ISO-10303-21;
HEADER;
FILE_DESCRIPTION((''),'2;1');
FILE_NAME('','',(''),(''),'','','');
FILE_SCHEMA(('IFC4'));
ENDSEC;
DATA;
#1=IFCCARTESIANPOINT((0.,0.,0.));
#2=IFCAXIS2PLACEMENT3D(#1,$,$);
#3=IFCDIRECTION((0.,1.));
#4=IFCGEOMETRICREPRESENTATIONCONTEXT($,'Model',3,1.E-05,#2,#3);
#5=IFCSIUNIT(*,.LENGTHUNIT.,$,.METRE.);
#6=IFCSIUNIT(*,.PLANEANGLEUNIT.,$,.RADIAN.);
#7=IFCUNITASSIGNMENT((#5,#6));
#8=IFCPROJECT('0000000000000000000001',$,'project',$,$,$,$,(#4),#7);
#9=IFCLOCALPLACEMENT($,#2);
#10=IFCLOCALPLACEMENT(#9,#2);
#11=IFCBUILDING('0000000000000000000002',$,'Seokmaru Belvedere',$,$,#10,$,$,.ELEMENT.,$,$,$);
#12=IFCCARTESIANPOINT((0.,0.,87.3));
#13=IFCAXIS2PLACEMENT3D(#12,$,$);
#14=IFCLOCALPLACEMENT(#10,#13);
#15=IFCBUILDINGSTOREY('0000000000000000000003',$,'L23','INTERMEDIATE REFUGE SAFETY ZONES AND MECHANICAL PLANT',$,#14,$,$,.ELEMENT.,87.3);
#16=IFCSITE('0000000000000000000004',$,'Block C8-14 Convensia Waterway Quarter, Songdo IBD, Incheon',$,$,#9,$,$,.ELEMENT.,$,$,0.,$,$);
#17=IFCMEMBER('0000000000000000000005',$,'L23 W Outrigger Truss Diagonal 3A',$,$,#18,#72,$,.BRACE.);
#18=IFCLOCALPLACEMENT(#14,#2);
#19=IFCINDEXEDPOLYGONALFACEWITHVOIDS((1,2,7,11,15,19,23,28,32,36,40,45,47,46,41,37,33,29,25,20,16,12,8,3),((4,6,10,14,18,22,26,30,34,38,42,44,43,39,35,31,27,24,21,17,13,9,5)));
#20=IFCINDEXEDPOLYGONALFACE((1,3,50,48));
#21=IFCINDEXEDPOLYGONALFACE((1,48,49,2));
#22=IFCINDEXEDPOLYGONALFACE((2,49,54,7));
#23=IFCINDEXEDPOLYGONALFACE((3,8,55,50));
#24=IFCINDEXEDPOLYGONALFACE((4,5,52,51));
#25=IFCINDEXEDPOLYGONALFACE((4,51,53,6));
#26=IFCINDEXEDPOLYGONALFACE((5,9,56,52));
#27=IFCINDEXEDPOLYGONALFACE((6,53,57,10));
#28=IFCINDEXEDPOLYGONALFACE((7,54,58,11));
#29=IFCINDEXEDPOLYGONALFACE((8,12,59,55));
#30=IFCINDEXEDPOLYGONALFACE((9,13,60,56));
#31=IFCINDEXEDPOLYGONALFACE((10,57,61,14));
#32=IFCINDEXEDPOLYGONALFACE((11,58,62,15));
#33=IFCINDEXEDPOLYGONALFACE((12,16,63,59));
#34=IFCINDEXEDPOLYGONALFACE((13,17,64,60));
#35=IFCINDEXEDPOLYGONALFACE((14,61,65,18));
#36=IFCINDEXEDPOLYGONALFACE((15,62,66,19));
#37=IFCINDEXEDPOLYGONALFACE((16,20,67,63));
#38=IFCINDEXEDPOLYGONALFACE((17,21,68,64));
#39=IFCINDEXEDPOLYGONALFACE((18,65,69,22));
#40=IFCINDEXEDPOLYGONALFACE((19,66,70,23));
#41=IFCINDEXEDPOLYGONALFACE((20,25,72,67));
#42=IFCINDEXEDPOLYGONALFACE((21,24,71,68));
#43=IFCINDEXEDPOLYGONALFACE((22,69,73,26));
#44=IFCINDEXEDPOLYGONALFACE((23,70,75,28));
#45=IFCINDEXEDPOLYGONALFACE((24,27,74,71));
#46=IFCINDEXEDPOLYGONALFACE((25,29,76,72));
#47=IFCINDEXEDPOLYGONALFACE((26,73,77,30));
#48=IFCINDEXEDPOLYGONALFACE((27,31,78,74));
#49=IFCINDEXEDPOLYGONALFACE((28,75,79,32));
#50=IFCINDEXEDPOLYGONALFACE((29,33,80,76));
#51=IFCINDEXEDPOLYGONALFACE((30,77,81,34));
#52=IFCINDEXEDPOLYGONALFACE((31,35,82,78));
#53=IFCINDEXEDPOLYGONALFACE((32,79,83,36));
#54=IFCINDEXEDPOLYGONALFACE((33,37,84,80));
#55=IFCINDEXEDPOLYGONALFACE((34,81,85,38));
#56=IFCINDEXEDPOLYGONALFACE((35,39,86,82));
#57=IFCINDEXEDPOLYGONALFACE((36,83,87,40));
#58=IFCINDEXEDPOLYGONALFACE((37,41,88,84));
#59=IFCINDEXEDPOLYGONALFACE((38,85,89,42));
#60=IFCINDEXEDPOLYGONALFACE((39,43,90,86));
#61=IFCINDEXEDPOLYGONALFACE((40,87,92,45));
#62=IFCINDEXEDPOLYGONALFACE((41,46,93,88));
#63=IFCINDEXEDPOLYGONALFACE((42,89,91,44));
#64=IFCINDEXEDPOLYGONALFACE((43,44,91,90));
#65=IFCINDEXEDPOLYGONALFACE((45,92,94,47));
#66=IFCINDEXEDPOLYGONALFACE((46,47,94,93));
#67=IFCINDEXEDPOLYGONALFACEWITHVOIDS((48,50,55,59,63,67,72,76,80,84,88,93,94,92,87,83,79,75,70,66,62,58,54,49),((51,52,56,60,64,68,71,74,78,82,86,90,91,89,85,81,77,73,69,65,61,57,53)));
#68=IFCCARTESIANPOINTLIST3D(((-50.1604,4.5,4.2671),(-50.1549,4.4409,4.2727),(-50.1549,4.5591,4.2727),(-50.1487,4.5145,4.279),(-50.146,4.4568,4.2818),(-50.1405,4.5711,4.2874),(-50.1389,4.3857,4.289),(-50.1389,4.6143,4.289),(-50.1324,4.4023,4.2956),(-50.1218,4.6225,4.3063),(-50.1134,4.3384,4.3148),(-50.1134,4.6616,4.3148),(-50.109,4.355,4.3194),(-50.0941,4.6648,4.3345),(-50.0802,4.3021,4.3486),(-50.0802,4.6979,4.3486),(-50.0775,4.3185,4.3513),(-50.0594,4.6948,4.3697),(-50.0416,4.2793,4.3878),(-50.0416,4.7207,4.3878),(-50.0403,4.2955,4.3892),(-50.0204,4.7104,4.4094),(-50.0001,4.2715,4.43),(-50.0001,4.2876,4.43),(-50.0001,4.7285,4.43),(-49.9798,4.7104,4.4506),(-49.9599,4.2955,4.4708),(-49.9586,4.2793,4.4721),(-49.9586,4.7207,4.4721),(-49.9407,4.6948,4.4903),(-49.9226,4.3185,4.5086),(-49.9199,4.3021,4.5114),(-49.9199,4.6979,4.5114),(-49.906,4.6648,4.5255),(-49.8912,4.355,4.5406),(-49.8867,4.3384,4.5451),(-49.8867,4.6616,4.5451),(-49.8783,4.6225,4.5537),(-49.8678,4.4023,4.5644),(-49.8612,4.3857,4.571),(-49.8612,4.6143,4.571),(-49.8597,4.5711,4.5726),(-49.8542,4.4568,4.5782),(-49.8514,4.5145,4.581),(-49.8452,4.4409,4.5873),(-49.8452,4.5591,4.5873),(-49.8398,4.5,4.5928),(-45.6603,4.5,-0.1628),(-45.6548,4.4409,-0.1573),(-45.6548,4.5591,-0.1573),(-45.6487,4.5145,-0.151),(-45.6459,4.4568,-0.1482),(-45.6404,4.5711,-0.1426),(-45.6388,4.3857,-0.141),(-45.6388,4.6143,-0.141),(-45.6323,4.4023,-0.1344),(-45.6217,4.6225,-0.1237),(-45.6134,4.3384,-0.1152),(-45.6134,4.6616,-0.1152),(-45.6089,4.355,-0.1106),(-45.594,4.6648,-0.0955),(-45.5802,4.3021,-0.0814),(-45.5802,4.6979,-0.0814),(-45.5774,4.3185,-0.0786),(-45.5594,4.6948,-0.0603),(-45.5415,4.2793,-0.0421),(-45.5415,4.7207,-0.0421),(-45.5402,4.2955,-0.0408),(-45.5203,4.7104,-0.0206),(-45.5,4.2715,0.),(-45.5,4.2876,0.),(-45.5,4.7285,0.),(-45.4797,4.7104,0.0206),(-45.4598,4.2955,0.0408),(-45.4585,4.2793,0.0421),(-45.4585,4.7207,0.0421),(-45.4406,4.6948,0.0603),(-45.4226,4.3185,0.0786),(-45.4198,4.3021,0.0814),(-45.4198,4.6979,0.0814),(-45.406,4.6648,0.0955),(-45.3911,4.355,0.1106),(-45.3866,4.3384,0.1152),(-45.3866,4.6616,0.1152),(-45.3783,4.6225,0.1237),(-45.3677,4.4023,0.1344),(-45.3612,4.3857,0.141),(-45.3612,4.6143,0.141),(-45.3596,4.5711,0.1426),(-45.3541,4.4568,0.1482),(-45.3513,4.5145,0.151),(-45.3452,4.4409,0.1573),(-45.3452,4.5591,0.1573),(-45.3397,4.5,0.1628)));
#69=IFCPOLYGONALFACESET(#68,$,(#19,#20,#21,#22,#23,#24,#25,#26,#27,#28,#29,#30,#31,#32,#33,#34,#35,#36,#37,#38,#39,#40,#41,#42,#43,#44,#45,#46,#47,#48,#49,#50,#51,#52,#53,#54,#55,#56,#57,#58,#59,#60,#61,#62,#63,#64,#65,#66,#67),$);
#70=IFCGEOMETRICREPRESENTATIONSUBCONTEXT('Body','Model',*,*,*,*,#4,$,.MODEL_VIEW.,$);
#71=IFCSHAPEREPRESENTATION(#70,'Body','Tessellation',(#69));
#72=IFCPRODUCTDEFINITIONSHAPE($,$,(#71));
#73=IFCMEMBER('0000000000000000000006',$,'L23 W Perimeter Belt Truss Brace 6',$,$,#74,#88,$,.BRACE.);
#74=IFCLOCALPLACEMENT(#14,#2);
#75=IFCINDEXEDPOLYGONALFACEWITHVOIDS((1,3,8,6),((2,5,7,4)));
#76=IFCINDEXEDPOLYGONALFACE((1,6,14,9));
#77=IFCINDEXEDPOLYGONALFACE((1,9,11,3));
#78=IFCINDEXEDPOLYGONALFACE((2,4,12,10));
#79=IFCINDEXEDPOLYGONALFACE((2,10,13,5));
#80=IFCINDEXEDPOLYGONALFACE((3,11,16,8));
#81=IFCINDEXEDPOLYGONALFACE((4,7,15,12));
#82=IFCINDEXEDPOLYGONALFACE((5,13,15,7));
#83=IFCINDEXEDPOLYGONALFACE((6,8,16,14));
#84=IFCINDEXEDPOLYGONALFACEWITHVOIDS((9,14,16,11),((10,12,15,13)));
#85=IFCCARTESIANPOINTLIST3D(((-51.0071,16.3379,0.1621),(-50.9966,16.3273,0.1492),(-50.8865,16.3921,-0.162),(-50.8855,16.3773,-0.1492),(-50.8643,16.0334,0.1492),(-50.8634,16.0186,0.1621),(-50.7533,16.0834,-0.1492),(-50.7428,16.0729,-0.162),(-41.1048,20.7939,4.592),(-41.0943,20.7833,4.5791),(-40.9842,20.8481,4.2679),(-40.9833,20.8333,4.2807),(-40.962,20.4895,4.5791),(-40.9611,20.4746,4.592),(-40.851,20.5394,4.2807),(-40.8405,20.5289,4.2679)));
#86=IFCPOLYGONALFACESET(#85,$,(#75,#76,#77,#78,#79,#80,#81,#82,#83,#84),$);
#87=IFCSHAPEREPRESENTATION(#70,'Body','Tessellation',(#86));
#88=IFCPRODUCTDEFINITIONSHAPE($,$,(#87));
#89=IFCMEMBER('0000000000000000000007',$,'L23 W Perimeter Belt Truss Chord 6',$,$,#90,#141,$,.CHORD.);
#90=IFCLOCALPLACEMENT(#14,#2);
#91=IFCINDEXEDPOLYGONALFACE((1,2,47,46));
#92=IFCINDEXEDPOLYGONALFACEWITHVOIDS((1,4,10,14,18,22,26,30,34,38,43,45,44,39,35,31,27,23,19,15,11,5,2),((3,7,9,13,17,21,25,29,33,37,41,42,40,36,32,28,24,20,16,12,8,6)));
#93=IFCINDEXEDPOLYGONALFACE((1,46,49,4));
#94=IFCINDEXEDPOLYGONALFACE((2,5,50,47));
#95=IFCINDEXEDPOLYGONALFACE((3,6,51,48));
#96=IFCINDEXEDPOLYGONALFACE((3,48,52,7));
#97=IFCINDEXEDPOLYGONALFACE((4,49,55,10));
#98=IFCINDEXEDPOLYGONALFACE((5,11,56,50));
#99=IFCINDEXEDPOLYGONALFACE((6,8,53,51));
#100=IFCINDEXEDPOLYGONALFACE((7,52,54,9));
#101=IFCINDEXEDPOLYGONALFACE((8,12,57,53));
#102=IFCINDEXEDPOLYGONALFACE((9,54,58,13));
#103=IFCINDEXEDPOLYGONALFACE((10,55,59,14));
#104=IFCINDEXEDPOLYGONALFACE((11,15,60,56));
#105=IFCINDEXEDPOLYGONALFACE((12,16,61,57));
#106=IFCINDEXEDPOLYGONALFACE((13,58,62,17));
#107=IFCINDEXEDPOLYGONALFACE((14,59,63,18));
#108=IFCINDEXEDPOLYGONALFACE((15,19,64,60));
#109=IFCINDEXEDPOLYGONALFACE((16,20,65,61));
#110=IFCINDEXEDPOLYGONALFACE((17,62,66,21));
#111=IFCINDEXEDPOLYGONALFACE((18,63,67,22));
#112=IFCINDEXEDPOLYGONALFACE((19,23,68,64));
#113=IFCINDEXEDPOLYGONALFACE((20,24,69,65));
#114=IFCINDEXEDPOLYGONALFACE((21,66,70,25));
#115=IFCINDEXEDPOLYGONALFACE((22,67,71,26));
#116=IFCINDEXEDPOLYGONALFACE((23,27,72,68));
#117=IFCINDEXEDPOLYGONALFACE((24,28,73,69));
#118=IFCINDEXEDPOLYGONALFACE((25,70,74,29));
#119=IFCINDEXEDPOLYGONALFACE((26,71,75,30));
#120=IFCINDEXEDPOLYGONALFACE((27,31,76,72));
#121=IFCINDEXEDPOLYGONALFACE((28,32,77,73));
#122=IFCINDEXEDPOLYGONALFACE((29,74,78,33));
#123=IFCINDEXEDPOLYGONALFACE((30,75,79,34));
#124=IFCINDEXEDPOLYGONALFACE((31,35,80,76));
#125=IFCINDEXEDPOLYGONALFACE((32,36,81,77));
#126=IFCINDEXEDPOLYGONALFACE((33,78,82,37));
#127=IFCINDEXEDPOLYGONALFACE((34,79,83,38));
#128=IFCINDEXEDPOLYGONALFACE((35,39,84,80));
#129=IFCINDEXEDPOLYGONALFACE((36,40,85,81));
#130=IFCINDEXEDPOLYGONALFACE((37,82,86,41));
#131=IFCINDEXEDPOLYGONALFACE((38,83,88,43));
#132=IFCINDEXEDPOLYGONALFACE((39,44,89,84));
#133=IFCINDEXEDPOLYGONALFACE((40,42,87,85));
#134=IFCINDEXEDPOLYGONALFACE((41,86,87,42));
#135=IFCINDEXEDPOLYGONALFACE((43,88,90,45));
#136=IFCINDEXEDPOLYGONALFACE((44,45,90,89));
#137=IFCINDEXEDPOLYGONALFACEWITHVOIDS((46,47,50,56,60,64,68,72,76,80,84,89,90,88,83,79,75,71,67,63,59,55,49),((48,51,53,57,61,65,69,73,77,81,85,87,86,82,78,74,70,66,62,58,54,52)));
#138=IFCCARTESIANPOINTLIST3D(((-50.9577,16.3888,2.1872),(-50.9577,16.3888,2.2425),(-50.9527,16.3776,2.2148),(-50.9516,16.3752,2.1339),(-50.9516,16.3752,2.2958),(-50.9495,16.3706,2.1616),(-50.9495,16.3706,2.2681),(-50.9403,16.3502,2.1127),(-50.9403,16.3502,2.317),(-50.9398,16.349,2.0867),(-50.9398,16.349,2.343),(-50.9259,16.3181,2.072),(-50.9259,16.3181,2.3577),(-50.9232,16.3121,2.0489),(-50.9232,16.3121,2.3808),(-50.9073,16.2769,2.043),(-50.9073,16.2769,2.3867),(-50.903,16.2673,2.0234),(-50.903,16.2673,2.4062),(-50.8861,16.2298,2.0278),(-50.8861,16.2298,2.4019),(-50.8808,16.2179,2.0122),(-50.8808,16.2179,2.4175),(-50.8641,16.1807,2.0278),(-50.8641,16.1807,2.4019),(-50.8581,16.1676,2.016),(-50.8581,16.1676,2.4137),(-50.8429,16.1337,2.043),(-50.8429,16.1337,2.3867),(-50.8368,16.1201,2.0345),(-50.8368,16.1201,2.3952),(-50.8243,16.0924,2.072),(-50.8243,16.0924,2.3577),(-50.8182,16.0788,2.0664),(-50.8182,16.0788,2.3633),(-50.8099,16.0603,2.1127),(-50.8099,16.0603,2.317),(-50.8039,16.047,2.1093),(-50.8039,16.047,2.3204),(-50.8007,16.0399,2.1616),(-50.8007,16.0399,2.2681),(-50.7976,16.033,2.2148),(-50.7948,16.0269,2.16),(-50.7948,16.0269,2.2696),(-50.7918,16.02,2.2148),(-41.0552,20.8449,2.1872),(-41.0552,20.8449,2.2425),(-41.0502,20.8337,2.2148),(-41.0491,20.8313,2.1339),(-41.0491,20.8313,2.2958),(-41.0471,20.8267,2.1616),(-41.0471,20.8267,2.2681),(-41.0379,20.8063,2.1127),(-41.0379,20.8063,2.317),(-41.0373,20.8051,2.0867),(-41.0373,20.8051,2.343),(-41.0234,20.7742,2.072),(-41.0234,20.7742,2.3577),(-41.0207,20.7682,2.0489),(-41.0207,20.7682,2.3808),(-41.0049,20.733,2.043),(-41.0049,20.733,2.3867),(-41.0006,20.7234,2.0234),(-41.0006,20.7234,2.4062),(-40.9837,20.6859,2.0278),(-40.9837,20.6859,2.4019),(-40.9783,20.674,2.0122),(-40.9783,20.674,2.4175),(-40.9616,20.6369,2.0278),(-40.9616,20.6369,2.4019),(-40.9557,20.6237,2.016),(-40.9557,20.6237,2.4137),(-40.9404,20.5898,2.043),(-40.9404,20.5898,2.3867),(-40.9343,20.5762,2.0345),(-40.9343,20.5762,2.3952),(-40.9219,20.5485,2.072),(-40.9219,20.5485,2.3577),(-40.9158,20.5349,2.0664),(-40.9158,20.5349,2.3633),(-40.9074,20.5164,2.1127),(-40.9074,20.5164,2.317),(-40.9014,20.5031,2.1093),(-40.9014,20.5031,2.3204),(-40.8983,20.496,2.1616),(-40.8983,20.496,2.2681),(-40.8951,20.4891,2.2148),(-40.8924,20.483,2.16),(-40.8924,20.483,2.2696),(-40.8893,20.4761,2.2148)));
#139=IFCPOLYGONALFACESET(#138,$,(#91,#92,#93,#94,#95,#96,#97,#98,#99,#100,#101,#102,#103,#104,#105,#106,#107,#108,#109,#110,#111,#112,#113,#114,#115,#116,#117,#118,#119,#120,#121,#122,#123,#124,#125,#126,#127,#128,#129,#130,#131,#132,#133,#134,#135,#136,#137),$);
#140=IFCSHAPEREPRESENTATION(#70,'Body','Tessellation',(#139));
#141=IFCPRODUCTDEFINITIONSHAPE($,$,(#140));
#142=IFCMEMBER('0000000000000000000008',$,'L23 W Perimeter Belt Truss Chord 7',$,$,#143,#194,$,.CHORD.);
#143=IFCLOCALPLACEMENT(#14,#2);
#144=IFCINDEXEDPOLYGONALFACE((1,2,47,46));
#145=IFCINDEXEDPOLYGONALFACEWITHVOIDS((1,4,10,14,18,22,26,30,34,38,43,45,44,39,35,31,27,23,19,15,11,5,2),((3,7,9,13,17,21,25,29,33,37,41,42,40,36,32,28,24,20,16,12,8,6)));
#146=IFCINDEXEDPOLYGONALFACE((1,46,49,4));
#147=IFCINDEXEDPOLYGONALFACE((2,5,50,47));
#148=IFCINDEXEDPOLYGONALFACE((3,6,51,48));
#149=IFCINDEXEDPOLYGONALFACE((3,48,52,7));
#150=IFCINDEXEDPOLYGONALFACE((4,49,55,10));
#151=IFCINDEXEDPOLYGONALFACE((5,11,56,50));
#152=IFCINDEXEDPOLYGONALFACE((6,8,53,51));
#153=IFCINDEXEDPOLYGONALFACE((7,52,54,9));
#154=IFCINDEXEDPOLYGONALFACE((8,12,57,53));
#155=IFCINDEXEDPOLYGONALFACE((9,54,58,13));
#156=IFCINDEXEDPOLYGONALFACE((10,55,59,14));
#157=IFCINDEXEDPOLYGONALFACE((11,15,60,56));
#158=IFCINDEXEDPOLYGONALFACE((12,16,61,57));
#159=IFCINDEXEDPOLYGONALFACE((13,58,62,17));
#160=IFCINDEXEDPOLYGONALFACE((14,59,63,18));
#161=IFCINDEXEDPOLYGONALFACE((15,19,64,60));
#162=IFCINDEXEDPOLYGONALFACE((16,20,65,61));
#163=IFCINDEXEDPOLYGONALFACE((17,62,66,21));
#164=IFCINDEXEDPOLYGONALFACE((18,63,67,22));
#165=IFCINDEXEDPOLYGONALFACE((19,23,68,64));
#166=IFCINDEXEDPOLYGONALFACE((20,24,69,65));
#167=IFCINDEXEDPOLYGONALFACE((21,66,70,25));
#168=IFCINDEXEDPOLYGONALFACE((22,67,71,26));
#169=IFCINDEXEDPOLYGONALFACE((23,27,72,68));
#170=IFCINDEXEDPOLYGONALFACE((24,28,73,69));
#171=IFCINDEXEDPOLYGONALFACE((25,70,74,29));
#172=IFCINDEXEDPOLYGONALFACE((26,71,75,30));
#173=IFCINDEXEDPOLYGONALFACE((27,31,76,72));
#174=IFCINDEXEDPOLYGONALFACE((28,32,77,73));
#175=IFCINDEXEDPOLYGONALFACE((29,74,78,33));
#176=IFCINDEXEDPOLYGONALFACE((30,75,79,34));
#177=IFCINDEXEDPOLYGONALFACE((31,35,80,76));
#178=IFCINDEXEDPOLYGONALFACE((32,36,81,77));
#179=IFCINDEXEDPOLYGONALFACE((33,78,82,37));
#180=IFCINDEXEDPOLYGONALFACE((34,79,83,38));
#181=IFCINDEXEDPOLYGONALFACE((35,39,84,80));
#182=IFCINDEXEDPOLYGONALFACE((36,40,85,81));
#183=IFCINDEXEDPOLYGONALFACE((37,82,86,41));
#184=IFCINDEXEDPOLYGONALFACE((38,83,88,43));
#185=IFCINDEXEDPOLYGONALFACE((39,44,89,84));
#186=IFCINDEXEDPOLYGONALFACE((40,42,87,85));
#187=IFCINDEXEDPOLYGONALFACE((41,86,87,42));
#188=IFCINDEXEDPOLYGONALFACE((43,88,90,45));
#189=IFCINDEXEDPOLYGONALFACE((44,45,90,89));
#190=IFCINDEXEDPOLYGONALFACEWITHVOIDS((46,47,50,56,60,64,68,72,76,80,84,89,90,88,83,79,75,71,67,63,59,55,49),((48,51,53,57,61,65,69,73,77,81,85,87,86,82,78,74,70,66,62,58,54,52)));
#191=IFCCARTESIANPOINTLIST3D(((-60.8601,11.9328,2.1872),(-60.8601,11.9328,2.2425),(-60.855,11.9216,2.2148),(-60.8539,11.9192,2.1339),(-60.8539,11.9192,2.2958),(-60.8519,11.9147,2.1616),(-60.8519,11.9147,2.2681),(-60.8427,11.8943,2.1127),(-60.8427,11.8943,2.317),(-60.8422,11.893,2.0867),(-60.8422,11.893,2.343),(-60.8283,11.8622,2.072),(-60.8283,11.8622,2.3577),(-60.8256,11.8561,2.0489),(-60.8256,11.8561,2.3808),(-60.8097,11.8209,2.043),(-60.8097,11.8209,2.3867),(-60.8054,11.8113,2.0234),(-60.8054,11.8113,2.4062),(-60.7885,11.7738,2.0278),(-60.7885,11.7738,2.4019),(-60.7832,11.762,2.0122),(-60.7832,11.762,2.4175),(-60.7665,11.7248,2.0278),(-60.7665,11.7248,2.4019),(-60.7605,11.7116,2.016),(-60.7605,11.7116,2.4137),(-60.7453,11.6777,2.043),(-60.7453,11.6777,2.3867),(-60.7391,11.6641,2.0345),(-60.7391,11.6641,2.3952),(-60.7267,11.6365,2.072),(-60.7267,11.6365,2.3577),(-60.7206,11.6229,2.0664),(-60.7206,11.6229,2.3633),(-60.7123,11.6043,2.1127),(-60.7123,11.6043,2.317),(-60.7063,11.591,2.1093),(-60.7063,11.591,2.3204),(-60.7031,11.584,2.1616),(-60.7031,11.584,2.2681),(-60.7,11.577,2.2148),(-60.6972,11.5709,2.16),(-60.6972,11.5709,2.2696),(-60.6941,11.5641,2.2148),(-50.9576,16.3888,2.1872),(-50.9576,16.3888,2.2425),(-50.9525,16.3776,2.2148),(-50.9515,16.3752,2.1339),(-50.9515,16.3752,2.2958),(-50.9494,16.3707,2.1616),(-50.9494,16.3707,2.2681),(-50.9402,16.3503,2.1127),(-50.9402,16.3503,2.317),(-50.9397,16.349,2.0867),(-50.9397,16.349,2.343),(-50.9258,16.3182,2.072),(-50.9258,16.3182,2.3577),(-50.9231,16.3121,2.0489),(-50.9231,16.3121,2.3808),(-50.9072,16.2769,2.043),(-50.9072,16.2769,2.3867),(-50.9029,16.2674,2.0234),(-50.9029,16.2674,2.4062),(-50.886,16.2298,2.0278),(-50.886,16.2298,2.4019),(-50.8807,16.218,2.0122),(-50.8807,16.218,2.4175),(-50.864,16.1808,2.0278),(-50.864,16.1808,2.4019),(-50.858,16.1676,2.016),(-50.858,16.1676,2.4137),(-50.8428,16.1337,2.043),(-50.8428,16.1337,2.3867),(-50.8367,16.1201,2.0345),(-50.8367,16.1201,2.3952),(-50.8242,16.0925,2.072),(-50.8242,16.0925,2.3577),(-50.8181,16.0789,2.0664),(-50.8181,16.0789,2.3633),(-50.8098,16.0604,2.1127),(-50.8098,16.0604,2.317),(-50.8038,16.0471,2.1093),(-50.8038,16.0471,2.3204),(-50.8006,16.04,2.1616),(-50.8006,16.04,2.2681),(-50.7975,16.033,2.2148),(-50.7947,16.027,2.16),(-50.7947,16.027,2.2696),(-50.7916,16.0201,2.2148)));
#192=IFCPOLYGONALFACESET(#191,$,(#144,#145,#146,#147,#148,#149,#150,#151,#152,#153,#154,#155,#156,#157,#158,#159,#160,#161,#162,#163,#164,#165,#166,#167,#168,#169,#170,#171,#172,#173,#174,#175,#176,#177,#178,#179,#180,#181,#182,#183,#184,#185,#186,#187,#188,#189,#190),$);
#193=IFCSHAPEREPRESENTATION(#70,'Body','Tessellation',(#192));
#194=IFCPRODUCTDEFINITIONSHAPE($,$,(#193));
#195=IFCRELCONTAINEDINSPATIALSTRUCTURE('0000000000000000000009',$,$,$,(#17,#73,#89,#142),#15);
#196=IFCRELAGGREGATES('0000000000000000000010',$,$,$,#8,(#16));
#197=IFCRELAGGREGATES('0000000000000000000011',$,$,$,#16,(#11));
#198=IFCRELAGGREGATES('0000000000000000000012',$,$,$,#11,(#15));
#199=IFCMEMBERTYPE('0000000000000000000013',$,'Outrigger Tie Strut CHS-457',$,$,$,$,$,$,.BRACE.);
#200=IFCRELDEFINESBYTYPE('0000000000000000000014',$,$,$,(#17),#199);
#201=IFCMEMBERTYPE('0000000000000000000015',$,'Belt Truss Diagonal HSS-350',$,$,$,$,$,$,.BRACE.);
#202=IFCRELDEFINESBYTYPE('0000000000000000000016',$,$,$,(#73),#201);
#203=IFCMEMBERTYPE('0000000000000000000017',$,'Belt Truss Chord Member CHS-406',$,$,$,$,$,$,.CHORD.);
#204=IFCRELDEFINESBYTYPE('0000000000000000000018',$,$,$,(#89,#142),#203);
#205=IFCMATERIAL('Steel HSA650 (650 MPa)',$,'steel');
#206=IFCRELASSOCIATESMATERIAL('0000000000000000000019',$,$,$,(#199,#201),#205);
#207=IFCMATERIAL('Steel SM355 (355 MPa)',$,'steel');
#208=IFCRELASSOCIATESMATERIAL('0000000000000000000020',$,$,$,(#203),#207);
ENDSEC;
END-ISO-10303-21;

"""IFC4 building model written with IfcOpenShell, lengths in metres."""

from ifc_helpers import new_model, si_unit, direction, frame, origin, origin_2d, place, context, subcontext, project, spatial, hollow_rectangle, hollow_circle, extrude, source, transform, mapped, material, material_profile, profile_set, type_object, type_shapes, element, save


model = new_model("IFC4")

# Units and contexts
model_context = context("Model", 3, precision=1e-05, world=origin(), true_north=direction((0.0, 1.0)))
body_context = subcontext(model_context, "Body", "Model", "MODEL_VIEW")
ifc_project = project(units=[si_unit("LENGTHUNIT", "METRE"), si_unit("PLANEANGLEUNIT", "RADIAN")], contexts=[model_context])

# Site, building, storey
site_placement = place(None, origin())
site = spatial("IfcSite", under=ifc_project, at=site_placement, Name="Block C8-14 Convensia Waterway Quarter, Songdo IBD, Incheon", CompositionType="ELEMENT", RefElevation=0.0)
building_placement = place(site_placement, origin())
building = spatial("IfcBuilding", under=site, at=building_placement, Name="Seokmaru Belvedere", CompositionType="ELEMENT")
storey_placement = place(building_placement, frame((0.0, 0.0, 87.3)))
storey = spatial("IfcBuildingStorey", under=building, at=storey_placement, Name="L23", Description="INTERMEDIATE REFUGE SAFETY ZONES AND MECHANICAL PLANT", CompositionType="ELEMENT", Elevation=87.3)

# Shared definitions
ifc_material_1 = material(Name="Steel SM355 (355 MPa)", Category="steel")

# Members
ifc_material_2 = material(Name="Steel HSA650 (650 MPa)", Category="steel")
ifc_material_profile_1 = material_profile(ifc_material_2, hollow_circle(Radius=0.2285, WallThickness=0.0161, at=origin_2d()), Name="CHS-457.2x16.0")
ifc_profile_set_1 = profile_set([ifc_material_profile_1], Name="Steel HSA650 (650 MPa)")
member_type_1 = type_object("IfcMemberType", Name="Outrigger Tie Strut CHS-457", PredefinedType="BRACE", material=ifc_profile_set_1)
shared_shape_1 = source(origin(), body_context, "Body", "SweptSolid", [
    extrude(hollow_circle(Radius=0.2285, WallThickness=0.0161, at=origin_2d()), origin(), (0.0, 0.0, 1.0), 6.3147),
])
type_shapes(member_type_1, [shared_shape_1])
member_1_placement = place(storey_placement, frame((-45.5, 4.5, 0.0), z_axis=(-0.712633, 0.0, 0.701537), x_axis=(0.0, -1.0, 0.0)))
element("IfcMember", 1, at=member_1_placement, inside=storey, type_object=member_type_1, Name="L23 W Outrigger Truss Diagonal 3A", PredefinedType="BRACE", context=body_context, shape_type="MappedRepresentation", body=[
    mapped(shared_shape_1, transform((0.0, 0.0, 0.0), scale=1.0)),
])
ifc_material_profile_2 = material_profile(ifc_material_2, hollow_rectangle(XDim=0.3501, YDim=0.3501, WallThickness=0.0139, at=origin_2d()), Name="HSS-350x350x14")
ifc_profile_set_2 = profile_set([ifc_material_profile_2], Name="Steel HSA650 (650 MPa)")
member_type_2 = type_object("IfcMemberType", Name="Belt Truss Diagonal HSS-350", PredefinedType="BRACE", material=ifc_profile_set_2)
shared_shape_2 = source(origin(), body_context, "Body", "SweptSolid", [
    extrude(hollow_rectangle(XDim=0.3501, YDim=0.3501, WallThickness=0.0139, at=origin_2d()), origin(), (0.0, 0.0, 1.0), 11.7275),
])
member_2_placement = place(storey_placement, frame((-40.9727, 20.6614, 4.4299), z_axis=(-0.844361, -0.379962, -0.377735), x_axis=(0.410365, -0.911922, 0.0)))
element("IfcMember", 2, at=member_2_placement, inside=storey, type_object=member_type_2, Name="L23 W Perimeter Belt Truss Brace 6", PredefinedType="BRACE", context=body_context, shape_type="MappedRepresentation", body=[
    mapped(shared_shape_2, transform((0.0, 0.0, 0.0), scale=1.0)),
])
ifc_material_profile_3 = material_profile(ifc_material_1, hollow_circle(Radius=0.2031, WallThickness=0.0142, at=origin_2d()), Name="CHS-406.4x14.2")
ifc_profile_set_3 = profile_set([ifc_material_profile_3], Name="Steel SM355 (355 MPa)")
member_type_3 = type_object("IfcMemberType", Name="Belt Truss Chord Member CHS-406", PredefinedType="CHORD", material=ifc_profile_set_3)
shared_shape_3 = source(origin(), body_context, "Body", "SweptSolid", [
    extrude(hollow_circle(Radius=0.2031, WallThickness=0.0142, at=origin_2d()), origin(), (0.0, 0.0, 1.0), 10.8589),
])
type_shapes(member_type_3, [shared_shape_3])
for number, where, z_axis, x_axis, name in (
    (3, (-40.9727, 20.6614, 2.2148), (-0.911922, -0.410365, 0.0), (0.410365, -0.911922, 0.0), "L23 W Perimeter Belt Truss Chord 6"),
    (4, (-50.875, 16.2053, 2.2148), (-0.911925, -0.410356, 0.0), (0.410356, -0.911925, 0.0), "L23 W Perimeter Belt Truss Chord 7"),
):
    element("IfcMember", number, at=place(storey_placement, frame(where, z_axis=z_axis, x_axis=x_axis)), inside=storey, type_object=member_type_3, Name=name, PredefinedType="CHORD", context=body_context, shape_type="MappedRepresentation", body=[
        mapped(shared_shape_3, transform((0.0, 0.0, 0.0), scale=1.0)),
    ])

save(model, "model.ifc")
